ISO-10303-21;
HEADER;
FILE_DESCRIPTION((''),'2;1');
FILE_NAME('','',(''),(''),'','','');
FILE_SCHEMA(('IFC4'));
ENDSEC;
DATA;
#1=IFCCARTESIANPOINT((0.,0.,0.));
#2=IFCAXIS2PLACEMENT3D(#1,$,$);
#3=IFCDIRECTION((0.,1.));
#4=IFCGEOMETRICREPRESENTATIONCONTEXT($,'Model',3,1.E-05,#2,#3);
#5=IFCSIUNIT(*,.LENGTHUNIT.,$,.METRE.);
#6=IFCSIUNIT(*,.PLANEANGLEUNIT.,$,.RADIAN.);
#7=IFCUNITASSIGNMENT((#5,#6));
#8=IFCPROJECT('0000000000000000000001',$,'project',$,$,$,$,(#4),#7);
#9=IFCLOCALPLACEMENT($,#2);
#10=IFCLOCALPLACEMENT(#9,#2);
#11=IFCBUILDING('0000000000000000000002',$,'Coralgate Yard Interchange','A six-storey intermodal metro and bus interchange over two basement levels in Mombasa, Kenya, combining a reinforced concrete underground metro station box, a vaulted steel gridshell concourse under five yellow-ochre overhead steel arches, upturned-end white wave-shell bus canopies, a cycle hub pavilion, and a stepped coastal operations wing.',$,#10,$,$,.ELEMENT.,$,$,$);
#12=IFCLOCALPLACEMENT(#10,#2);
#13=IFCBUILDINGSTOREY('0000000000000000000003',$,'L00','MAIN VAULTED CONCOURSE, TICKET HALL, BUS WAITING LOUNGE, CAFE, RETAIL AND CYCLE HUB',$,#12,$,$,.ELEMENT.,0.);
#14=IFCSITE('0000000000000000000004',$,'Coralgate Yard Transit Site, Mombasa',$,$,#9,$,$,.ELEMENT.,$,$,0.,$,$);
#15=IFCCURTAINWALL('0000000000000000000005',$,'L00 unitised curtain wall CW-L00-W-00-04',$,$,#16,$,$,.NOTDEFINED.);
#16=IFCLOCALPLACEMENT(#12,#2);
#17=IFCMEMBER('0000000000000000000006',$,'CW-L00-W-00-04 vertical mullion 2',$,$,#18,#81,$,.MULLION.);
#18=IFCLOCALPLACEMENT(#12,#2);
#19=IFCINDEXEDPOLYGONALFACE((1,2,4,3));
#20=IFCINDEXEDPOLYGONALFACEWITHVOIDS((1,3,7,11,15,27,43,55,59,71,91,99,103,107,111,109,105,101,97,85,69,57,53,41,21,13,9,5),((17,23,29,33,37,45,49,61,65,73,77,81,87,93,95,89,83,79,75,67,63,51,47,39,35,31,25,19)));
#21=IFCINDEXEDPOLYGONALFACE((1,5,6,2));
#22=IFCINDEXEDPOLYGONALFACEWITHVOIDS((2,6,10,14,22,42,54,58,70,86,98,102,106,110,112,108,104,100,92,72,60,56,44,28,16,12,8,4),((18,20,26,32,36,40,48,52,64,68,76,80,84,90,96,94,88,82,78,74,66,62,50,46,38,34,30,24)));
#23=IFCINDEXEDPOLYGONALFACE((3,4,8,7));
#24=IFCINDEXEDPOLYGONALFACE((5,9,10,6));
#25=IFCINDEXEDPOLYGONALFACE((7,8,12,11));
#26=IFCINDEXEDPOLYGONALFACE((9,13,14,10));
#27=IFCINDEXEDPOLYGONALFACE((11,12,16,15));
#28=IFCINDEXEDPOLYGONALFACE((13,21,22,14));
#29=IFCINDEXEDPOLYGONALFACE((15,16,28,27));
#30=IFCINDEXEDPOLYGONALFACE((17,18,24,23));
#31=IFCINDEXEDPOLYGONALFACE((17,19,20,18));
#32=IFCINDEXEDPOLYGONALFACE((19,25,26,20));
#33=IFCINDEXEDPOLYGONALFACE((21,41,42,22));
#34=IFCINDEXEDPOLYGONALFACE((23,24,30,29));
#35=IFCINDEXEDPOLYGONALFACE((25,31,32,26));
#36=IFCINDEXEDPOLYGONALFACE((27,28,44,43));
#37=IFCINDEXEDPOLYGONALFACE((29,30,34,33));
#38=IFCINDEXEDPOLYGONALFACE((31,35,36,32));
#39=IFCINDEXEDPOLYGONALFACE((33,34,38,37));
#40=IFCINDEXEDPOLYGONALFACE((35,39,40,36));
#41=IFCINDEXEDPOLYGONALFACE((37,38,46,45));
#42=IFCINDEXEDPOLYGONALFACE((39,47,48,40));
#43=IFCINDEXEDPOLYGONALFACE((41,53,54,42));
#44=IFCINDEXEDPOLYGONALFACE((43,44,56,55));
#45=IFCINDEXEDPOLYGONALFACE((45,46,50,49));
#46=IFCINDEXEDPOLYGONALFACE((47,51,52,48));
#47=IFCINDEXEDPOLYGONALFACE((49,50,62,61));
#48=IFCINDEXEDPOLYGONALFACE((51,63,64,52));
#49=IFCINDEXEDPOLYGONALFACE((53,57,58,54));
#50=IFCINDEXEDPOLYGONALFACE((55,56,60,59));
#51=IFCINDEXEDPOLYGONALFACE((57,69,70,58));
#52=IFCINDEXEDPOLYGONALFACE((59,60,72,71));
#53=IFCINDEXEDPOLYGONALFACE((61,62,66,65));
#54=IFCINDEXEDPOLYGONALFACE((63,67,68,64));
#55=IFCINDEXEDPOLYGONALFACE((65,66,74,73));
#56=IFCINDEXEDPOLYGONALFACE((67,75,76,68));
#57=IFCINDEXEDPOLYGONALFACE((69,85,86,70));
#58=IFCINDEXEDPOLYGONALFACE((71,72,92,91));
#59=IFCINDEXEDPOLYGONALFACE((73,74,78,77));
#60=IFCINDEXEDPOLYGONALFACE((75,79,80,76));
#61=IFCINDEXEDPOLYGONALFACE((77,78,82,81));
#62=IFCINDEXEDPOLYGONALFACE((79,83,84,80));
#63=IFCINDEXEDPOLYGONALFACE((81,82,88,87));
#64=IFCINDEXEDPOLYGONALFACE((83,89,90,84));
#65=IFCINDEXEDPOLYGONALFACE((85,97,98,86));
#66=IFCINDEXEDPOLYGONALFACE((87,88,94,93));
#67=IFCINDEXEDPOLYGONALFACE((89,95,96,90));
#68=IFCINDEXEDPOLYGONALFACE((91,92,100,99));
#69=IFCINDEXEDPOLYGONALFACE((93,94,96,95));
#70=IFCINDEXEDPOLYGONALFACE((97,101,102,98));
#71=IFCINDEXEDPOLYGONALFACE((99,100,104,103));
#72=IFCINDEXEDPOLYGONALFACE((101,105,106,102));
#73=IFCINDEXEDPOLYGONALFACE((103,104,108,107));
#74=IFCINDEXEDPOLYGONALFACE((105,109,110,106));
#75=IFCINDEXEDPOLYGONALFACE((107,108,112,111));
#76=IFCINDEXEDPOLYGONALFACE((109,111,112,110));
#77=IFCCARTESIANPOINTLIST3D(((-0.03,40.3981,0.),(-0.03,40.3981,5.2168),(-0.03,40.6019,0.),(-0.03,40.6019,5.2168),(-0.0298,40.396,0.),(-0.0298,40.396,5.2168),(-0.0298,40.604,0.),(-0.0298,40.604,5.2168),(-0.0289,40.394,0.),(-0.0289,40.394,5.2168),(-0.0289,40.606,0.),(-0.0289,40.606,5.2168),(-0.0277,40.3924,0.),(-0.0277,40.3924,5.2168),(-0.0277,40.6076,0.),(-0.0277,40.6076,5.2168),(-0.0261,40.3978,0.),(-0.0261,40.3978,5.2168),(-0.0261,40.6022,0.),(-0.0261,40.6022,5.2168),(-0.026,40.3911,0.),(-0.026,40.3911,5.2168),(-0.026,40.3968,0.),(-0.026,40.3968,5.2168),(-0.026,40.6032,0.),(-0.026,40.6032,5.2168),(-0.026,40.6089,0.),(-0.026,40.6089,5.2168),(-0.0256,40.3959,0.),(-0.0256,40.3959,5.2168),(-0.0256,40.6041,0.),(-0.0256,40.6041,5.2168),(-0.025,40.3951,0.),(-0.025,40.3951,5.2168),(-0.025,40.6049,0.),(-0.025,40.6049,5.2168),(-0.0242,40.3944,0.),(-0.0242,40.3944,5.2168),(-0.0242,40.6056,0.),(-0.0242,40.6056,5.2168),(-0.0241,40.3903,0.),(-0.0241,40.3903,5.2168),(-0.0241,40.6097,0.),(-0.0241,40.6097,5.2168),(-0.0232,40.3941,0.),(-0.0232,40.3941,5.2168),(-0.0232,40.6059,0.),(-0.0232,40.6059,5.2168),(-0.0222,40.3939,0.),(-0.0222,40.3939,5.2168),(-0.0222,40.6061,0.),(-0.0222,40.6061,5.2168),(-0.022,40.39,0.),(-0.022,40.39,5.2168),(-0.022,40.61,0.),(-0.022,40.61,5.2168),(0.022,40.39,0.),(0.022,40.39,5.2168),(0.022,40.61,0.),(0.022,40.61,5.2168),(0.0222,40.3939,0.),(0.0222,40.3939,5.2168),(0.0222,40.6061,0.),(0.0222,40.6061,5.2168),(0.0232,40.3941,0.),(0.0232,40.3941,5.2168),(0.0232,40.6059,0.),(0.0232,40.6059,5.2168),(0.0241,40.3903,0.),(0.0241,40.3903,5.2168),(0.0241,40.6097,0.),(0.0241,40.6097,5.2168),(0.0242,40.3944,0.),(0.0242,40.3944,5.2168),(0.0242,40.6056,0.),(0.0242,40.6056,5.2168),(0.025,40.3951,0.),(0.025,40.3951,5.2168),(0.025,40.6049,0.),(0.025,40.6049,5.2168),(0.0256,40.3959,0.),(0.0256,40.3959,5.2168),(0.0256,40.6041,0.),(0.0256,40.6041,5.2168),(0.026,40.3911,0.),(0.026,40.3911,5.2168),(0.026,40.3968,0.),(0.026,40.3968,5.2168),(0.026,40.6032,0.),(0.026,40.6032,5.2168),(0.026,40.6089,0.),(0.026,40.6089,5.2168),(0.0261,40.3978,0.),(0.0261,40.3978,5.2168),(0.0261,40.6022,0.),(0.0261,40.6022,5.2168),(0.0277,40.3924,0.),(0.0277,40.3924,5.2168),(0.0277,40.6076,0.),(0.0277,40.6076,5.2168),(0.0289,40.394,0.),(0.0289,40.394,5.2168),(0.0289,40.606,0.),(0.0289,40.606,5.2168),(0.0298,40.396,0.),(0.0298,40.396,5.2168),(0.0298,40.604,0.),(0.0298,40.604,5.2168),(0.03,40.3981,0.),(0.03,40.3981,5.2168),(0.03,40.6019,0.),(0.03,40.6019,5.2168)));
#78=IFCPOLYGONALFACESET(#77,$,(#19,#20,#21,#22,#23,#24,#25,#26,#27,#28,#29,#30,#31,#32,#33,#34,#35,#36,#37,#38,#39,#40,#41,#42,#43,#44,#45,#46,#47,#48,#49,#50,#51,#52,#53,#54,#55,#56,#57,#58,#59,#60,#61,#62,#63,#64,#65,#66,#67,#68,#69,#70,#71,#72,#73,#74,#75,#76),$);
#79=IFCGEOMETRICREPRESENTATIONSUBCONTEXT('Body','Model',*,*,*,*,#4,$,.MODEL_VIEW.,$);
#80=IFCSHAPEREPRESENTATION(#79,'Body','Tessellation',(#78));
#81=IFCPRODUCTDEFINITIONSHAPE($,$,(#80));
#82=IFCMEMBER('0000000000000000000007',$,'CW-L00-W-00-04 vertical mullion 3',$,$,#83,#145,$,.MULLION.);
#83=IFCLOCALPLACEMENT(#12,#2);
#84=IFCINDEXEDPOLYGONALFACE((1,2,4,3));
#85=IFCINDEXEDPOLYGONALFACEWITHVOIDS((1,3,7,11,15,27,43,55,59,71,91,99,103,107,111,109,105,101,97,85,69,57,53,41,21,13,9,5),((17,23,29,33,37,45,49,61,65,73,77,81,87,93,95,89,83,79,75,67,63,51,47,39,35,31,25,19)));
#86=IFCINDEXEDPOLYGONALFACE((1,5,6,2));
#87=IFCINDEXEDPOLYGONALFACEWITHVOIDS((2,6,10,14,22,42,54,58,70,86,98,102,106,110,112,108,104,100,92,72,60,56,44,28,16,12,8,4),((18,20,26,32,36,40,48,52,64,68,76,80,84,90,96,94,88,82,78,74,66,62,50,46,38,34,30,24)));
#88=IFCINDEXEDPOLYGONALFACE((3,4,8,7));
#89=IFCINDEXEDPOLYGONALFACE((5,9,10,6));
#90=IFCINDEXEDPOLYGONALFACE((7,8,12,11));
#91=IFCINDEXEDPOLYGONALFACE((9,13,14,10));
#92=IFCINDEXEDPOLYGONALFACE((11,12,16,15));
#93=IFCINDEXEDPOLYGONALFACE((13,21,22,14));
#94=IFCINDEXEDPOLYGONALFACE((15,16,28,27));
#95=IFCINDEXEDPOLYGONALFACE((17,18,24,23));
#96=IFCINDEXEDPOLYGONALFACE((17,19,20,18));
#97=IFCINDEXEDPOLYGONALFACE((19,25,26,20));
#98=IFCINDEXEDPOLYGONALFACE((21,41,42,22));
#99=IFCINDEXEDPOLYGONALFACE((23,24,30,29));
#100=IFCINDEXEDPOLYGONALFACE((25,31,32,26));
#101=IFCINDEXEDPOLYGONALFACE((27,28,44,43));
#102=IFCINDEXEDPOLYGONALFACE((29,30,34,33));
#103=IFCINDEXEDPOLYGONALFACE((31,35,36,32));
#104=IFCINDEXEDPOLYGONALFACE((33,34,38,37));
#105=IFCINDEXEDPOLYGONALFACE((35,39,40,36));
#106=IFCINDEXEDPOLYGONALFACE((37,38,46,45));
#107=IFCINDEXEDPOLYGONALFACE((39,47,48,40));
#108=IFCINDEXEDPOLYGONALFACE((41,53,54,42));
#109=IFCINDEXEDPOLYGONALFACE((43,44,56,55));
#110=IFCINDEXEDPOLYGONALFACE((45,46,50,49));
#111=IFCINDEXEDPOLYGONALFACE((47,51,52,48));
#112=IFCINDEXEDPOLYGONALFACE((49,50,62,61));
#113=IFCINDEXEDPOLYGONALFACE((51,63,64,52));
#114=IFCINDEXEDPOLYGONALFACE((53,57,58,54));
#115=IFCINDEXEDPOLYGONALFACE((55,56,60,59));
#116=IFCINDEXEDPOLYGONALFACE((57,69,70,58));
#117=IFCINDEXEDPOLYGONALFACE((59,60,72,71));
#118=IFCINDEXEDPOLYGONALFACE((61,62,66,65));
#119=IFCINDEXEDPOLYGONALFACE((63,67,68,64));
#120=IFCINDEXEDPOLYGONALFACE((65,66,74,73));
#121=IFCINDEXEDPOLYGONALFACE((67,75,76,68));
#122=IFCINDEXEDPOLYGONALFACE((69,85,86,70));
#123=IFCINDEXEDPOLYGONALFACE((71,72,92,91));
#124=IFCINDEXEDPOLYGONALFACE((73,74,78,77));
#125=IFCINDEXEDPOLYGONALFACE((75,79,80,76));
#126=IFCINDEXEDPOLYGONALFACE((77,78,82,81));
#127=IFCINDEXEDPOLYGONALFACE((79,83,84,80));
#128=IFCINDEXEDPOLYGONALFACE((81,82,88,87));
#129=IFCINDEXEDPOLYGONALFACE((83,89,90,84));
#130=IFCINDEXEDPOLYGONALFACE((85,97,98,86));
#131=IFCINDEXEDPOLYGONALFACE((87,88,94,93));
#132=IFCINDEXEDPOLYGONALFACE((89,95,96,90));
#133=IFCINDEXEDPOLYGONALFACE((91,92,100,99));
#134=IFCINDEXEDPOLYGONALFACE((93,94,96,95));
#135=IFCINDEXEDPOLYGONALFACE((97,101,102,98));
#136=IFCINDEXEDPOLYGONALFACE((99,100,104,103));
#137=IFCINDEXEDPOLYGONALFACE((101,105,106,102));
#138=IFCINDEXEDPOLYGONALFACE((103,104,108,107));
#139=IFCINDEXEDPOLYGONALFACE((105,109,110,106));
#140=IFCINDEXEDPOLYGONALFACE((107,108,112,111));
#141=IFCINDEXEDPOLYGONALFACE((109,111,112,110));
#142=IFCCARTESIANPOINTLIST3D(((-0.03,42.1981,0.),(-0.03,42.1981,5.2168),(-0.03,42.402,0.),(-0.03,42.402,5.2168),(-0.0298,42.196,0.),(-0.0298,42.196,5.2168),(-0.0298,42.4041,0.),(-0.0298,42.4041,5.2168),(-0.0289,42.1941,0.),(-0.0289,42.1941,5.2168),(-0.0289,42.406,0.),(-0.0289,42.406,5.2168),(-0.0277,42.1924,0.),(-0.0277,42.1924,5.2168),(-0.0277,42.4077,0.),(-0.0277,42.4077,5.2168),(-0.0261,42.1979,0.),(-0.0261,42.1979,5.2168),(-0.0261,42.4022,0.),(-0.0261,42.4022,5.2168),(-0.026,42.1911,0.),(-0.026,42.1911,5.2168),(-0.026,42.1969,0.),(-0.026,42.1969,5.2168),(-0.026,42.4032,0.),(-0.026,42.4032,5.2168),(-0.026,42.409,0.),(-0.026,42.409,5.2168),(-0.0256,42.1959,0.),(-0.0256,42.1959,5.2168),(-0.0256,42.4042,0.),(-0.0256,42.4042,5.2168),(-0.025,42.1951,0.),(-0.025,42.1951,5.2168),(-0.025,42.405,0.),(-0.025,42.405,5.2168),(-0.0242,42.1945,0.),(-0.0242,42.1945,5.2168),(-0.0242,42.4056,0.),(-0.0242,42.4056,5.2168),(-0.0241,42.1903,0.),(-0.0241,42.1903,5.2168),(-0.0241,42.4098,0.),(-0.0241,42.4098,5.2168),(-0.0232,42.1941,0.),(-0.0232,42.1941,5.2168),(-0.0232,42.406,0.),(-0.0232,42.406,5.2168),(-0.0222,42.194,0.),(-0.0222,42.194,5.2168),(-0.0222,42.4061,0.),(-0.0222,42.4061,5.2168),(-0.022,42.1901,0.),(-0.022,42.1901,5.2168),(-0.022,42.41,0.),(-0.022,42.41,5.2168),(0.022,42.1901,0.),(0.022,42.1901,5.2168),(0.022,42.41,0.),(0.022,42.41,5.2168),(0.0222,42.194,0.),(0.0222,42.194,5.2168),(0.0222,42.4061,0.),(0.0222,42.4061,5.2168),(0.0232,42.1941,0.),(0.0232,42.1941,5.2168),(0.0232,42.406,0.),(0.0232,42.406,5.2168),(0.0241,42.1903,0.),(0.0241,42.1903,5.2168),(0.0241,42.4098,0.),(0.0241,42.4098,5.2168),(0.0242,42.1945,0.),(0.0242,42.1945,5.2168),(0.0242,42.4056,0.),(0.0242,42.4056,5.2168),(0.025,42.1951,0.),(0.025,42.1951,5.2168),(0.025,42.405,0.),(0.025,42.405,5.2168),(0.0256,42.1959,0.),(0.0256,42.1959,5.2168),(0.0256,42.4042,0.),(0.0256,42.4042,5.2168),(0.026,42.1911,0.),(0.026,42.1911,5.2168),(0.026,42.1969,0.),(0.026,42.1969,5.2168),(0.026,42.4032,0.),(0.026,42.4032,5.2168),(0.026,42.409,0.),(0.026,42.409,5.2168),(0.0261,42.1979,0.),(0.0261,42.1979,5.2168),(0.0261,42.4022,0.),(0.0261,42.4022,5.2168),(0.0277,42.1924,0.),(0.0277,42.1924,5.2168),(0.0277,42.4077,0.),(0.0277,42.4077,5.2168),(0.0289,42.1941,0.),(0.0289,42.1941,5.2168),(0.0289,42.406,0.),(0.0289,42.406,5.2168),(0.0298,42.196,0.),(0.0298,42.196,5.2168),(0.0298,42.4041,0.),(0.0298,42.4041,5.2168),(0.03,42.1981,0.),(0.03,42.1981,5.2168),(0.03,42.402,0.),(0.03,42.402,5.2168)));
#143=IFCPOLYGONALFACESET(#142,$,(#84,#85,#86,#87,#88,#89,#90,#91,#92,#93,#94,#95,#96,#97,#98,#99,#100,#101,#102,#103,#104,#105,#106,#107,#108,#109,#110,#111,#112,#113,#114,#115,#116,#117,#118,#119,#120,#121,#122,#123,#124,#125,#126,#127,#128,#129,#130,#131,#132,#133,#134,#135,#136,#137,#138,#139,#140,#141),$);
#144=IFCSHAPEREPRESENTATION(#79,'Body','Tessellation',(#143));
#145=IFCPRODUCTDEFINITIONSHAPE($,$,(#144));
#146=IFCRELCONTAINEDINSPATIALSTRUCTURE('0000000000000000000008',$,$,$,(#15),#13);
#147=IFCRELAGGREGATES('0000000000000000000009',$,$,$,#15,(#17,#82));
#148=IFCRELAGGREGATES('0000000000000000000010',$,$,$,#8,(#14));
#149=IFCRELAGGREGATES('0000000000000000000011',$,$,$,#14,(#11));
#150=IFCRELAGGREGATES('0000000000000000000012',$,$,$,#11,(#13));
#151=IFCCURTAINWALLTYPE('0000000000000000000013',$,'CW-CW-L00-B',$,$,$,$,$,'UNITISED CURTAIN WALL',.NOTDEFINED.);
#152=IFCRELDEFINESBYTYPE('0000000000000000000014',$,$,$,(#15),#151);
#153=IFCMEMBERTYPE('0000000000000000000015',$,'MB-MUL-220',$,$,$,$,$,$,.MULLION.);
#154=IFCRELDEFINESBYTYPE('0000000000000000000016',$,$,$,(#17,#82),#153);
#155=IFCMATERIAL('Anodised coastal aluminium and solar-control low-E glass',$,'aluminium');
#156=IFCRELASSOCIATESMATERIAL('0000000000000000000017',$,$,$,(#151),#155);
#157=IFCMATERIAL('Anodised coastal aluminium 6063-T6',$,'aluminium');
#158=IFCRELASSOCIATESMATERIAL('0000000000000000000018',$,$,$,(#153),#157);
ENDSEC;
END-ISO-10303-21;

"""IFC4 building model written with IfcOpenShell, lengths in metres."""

from ifc_helpers import new_model, si_unit, direction, frame, origin, origin_2d, place, context, subcontext, project, spatial, hollow_rectangle, extrude, material, material_profile, profile_set, type_object, element, aggregate, save


model = new_model("IFC4")

# Units and contexts
model_context = context("Model", 3, precision=1e-05, world=origin(), true_north=direction((0.0, 1.0)))
body_context = subcontext(model_context, "Body", "Model", "MODEL_VIEW")
ifc_project = project(units=[si_unit("LENGTHUNIT", "METRE"), si_unit("PLANEANGLEUNIT", "RADIAN")], contexts=[model_context])

# Site, building, storey
site_placement = place(None, origin())
site = spatial("IfcSite", under=ifc_project, at=site_placement, Name="Coralgate Yard Transit Site, Mombasa", CompositionType="ELEMENT", RefElevation=0.0)
building_placement = place(site_placement, origin())
building = spatial("IfcBuilding", under=site, at=building_placement, Name="Coralgate Yard Interchange", Description="A six-storey intermodal metro and bus interchange over two basement levels in Mombasa, Kenya, combining a reinforced concrete underground metro station box, a vaulted steel gridshell concourse under five yellow-ochre overhead steel arches, upturned-end white wave-shell bus canopies, a cycle hub pavilion, and a stepped coastal operations wing.", CompositionType="ELEMENT")
storey_placement = place(building_placement, origin())
storey = spatial("IfcBuildingStorey", under=building, at=storey_placement, Name="L00", Description="MAIN VAULTED CONCOURSE, TICKET HALL, BUS WAITING LOUNGE, CAFE, RETAIL AND CYCLE HUB", CompositionType="ELEMENT", Elevation=0.0)

# Curtain wall, members
ifc_material_1 = material(Name="Anodised coastal aluminium and solar-control low-E glass", Category="aluminium")
curtain_wall_type = type_object("IfcCurtainWallType", Name="CW-CW-L00-B", ElementType="UNITISED CURTAIN WALL", PredefinedType="NOTDEFINED", material=ifc_material_1)
curtain_wall_placement = place(storey_placement, origin())
curtain_wall = element("IfcCurtainWall", 1, at=curtain_wall_placement, inside=storey, type_object=curtain_wall_type, Name="L00 unitised curtain wall CW-L00-W-00-04", PredefinedType="NOTDEFINED")
ifc_material_2 = material(Name="Anodised coastal aluminium 6063-T6", Category="aluminium")
ifc_material_profile_1 = material_profile(ifc_material_2, hollow_rectangle(XDim=0.0601, YDim=0.22, WallThickness=0.0039, InnerFilletRadius=0.0039, OuterFilletRadius=0.0081, at=origin_2d()), Name="ALU 60x220x4")
ifc_profile_set_1 = profile_set([ifc_material_profile_1], Name="Anodised coastal aluminium 6063-T6")
member_type_1 = type_object("IfcMemberType", Name="MB-MUL-220", PredefinedType="MULLION", material=ifc_profile_set_1)
member_1_placement = place(storey_placement, frame((0.0, 40.5, 0.0), z_axis=(0.0, 0.0, 1.0), x_axis=(1.0, 0.0, 0.0)))
member_1 = element("IfcMember", 2, at=member_1_placement, type_object=member_type_1, Name="CW-L00-W-00-04 vertical mullion 2", PredefinedType="MULLION", context=body_context, shape_type="SweptSolid", body=[
    extrude(hollow_rectangle(XDim=0.0601, YDim=0.22, WallThickness=0.0039, InnerFilletRadius=0.0039, OuterFilletRadius=0.0081, at=origin_2d()), origin(), (0.0, 0.0, 1.0), 5.2168),
])
member_2_placement = place(storey_placement, frame((0.0, 42.3, 0.0), z_axis=(0.0, 0.0, 1.0), x_axis=(1.0, 0.0, 0.0)))
member_2 = element("IfcMember", 3, at=member_2_placement, type_object=member_type_1, Name="CW-L00-W-00-04 vertical mullion 3", PredefinedType="MULLION", context=body_context, shape_type="SweptSolid", body=[
    extrude(hollow_rectangle(XDim=0.0601, YDim=0.22, WallThickness=0.0039, InnerFilletRadius=0.0039, OuterFilletRadius=0.0081, at=origin_2d()), origin(), (0.0, 0.0, 1.0), 5.2168),
])
aggregate(curtain_wall, [member_1, member_2])

save(model, "model.ifc")
